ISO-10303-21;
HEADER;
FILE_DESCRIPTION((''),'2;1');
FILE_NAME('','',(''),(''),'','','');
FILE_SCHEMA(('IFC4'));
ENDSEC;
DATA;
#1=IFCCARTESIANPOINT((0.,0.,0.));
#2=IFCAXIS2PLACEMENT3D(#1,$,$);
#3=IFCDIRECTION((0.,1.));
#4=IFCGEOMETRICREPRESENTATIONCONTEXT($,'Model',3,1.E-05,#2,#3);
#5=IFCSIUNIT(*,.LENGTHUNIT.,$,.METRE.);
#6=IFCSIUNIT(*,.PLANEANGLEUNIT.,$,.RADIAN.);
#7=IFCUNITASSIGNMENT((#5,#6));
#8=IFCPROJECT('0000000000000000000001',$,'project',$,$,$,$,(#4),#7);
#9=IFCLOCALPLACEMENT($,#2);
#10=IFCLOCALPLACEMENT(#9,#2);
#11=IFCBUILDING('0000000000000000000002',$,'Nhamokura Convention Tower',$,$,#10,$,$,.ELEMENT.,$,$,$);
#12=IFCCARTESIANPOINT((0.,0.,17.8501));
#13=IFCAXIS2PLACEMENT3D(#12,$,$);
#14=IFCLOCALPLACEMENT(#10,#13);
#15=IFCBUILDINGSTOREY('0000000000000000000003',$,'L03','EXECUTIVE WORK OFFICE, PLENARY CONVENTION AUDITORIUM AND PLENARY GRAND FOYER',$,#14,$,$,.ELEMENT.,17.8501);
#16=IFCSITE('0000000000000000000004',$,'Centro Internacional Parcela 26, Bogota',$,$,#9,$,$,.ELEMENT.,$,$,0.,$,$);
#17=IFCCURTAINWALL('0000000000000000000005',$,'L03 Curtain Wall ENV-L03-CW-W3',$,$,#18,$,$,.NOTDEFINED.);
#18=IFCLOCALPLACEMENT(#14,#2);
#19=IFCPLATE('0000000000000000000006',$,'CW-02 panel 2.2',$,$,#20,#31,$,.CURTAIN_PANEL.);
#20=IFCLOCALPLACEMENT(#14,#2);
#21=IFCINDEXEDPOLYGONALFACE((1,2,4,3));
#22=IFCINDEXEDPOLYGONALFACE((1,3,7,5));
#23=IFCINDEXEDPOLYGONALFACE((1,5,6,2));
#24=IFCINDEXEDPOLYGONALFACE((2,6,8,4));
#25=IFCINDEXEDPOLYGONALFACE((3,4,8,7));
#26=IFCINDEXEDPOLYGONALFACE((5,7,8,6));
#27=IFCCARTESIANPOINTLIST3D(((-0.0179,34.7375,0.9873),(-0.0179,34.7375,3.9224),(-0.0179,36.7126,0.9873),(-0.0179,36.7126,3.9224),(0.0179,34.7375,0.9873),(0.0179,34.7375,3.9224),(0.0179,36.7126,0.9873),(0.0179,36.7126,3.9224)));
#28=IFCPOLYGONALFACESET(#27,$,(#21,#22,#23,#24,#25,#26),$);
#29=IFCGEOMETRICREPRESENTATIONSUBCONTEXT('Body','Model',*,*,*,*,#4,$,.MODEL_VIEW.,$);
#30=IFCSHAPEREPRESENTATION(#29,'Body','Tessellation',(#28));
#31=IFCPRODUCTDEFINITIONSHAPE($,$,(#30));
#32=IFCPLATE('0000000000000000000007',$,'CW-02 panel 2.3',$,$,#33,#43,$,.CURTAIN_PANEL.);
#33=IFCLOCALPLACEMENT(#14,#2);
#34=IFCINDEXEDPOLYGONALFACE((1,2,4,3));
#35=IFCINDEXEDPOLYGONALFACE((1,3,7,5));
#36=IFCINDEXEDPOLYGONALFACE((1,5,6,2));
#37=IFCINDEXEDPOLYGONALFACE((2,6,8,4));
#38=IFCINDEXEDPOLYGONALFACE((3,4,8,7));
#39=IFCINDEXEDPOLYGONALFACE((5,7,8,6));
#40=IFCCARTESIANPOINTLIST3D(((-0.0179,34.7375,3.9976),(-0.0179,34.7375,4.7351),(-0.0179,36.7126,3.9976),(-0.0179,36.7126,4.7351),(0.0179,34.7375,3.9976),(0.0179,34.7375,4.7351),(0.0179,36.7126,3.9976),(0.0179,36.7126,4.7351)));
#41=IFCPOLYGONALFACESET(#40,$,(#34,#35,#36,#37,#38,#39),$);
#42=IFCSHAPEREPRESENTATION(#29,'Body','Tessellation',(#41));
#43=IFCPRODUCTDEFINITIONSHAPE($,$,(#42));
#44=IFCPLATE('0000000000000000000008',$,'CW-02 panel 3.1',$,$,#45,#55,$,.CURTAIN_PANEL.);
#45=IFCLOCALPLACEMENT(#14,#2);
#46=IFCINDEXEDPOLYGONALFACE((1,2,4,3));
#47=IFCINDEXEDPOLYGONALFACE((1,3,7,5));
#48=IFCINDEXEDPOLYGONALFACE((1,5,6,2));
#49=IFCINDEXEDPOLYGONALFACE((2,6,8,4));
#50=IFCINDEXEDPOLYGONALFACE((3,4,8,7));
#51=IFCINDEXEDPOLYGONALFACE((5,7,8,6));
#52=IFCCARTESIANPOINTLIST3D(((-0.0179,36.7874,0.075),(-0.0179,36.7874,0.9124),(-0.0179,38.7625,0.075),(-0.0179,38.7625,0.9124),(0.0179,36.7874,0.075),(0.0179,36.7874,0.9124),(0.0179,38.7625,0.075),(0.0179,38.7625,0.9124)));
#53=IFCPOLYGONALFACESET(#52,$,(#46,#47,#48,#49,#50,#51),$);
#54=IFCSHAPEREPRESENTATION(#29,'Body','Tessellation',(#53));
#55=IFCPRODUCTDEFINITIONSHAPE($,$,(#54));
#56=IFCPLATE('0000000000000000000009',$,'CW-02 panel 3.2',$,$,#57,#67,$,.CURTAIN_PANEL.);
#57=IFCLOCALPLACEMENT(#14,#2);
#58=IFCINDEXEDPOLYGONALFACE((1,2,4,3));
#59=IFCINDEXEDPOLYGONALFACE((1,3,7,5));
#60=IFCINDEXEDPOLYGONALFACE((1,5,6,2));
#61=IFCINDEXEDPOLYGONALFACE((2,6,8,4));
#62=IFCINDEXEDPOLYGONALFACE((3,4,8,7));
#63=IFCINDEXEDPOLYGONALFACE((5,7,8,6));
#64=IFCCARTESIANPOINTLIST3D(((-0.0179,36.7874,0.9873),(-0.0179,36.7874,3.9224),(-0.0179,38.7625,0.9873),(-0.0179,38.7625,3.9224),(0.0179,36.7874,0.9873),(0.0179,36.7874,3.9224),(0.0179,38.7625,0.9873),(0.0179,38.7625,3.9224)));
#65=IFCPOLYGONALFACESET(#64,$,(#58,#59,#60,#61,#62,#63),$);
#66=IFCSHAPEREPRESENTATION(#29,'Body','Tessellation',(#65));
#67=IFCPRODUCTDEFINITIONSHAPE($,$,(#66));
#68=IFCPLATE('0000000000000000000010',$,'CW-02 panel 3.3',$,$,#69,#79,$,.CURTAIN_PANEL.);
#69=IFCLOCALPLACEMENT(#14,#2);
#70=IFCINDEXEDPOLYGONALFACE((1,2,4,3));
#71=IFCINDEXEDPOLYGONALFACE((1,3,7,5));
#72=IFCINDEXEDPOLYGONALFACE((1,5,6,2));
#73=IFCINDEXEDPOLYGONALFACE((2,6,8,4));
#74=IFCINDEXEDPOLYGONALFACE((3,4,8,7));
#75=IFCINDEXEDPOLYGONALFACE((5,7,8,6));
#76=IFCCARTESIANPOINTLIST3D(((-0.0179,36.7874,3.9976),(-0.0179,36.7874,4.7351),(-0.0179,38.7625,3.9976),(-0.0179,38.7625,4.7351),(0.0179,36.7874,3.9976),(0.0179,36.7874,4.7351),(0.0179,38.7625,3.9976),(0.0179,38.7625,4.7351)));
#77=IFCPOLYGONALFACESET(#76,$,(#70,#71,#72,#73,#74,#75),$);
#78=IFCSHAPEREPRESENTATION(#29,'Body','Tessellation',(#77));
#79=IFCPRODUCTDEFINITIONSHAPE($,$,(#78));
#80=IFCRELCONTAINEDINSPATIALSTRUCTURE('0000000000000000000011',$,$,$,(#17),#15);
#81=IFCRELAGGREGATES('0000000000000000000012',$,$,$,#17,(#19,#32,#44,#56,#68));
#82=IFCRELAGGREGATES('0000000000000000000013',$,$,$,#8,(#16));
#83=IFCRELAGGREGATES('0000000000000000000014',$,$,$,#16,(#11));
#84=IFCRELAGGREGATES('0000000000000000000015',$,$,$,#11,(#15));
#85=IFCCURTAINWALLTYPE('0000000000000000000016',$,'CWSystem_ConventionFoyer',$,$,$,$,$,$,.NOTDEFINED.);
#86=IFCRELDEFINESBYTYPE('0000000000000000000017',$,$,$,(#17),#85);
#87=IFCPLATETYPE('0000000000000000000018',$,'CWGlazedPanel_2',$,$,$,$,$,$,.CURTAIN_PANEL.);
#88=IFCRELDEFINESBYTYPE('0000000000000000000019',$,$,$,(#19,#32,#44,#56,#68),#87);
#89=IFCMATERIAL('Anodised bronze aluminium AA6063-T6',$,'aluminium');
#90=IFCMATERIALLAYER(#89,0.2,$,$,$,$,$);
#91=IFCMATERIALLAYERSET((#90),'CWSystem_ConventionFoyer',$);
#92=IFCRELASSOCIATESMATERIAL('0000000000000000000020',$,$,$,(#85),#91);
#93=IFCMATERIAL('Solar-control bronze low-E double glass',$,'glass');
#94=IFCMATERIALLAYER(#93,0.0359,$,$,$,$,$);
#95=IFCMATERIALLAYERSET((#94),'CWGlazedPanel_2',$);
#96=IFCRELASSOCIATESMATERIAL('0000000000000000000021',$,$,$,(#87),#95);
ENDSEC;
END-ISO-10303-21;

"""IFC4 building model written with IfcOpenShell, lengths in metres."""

from ifc_helpers import new_model, si_unit, direction, frame, origin, origin_2d, place, context, subcontext, project, spatial, rectangle, extrude, material, layer, layer_set, type_object, element, aggregate, save


model = new_model("IFC4")

# Units and contexts
model_context = context("Model", 3, precision=1e-05, world=origin(), true_north=direction((0.0, 1.0)))
body_context = subcontext(model_context, "Body", "Model", "MODEL_VIEW")
ifc_project = project(units=[si_unit("LENGTHUNIT", "METRE"), si_unit("PLANEANGLEUNIT", "RADIAN")], contexts=[model_context])

# Site, building, storey
site_placement = place(None, origin())
site = spatial("IfcSite", under=ifc_project, at=site_placement, Name="Centro Internacional Parcela 26, Bogota", CompositionType="ELEMENT", RefElevation=0.0)
building_placement = place(site_placement, origin())
building = spatial("IfcBuilding", under=site, at=building_placement, Name="Nhamokura Convention Tower", CompositionType="ELEMENT")
storey_placement = place(building_placement, frame((0.0, 0.0, 17.8501)))
storey = spatial("IfcBuildingStorey", under=building, at=storey_placement, Name="L03", Description="EXECUTIVE WORK OFFICE, PLENARY CONVENTION AUDITORIUM AND PLENARY GRAND FOYER", CompositionType="ELEMENT", Elevation=17.8501)

# Shared definitions
ifc_material_1 = material(Name="Anodised bronze aluminium AA6063-T6", Category="aluminium")
ifc_layer_1 = layer(ifc_material_1, 0.2)
ifc_layer_set_1 = layer_set([ifc_layer_1], Name="CWSystem_ConventionFoyer")
curtain_wall_type = type_object("IfcCurtainWallType", Name="CWSystem_ConventionFoyer", PredefinedType="NOTDEFINED", material=ifc_layer_set_1)

# Curtain wall
curtain_wall_1_placement = place(storey_placement, origin())
curtain_wall_1 = element("IfcCurtainWall", 1, at=curtain_wall_1_placement, inside=storey, type_object=curtain_wall_type, Name="L03 Curtain Wall ENV-L03-CW-W3", PredefinedType="NOTDEFINED")

# Plates
ifc_material_2 = material(Name="Solar-control bronze low-E double glass", Category="glass")
ifc_layer_2 = layer(ifc_material_2, 0.0359)
ifc_layer_set_2 = layer_set([ifc_layer_2], Name="CWGlazedPanel_2")
plate_type = type_object("IfcPlateType", Name="CWGlazedPanel_2", PredefinedType="CURTAIN_PANEL", material=ifc_layer_set_2)
plate_1_placement = place(storey_placement, frame((0.0, 35.7251, 0.9873), z_axis=(0.0, 0.0, 1.0), x_axis=(0.0, 1.0, 0.0)))
plate_1 = element("IfcPlate", 2, at=plate_1_placement, type_object=plate_type, Name="CW-02 panel 2.2", PredefinedType="CURTAIN_PANEL", context=body_context, shape_type="SweptSolid", body=[
    extrude(rectangle(XDim=1.9751, YDim=0.0359, at=origin_2d()), origin(), (0.0, 0.0, 1.0), 2.9351),
])
plate_2_placement = place(storey_placement, frame((0.0, 35.7251, 3.9976), z_axis=(0.0, 0.0, 1.0), x_axis=(0.0, 1.0, 0.0)))
plate_2 = element("IfcPlate", 3, at=plate_2_placement, type_object=plate_type, Name="CW-02 panel 2.3", PredefinedType="CURTAIN_PANEL", context=body_context, shape_type="SweptSolid", body=[
    extrude(rectangle(XDim=1.9751, YDim=0.0359, at=origin_2d()), origin(), (0.0, 0.0, 1.0), 0.7375),
])
plate_3_placement = place(storey_placement, frame((0.0, 37.7749, 0.075), z_axis=(0.0, 0.0, 1.0), x_axis=(0.0, 1.0, 0.0)))
plate_3 = element("IfcPlate", 4, at=plate_3_placement, type_object=plate_type, Name="CW-02 panel 3.1", PredefinedType="CURTAIN_PANEL", context=body_context, shape_type="SweptSolid", body=[
    extrude(rectangle(XDim=1.9751, YDim=0.0359, at=origin_2d()), origin(), (0.0, 0.0, 1.0), 0.8374),
])
plate_4_placement = place(storey_placement, frame((0.0, 37.7749, 0.9873), z_axis=(0.0, 0.0, 1.0), x_axis=(0.0, 1.0, 0.0)))
plate_4 = element("IfcPlate", 5, at=plate_4_placement, type_object=plate_type, Name="CW-02 panel 3.2", PredefinedType="CURTAIN_PANEL", context=body_context, shape_type="SweptSolid", body=[
    extrude(rectangle(XDim=1.9751, YDim=0.0359, at=origin_2d()), origin(), (0.0, 0.0, 1.0), 2.9351),
])
plate_5_placement = place(storey_placement, frame((0.0, 37.7749, 3.9976), z_axis=(0.0, 0.0, 1.0), x_axis=(0.0, 1.0, 0.0)))
plate_5 = element("IfcPlate", 6, at=plate_5_placement, type_object=plate_type, Name="CW-02 panel 3.3", PredefinedType="CURTAIN_PANEL", context=body_context, shape_type="SweptSolid", body=[
    extrude(rectangle(XDim=1.9751, YDim=0.0359, at=origin_2d()), origin(), (0.0, 0.0, 1.0), 0.7375),
])
aggregate(curtain_wall_1, [plate_1, plate_2, plate_3, plate_4, plate_5])

save(model, "model.ifc")
